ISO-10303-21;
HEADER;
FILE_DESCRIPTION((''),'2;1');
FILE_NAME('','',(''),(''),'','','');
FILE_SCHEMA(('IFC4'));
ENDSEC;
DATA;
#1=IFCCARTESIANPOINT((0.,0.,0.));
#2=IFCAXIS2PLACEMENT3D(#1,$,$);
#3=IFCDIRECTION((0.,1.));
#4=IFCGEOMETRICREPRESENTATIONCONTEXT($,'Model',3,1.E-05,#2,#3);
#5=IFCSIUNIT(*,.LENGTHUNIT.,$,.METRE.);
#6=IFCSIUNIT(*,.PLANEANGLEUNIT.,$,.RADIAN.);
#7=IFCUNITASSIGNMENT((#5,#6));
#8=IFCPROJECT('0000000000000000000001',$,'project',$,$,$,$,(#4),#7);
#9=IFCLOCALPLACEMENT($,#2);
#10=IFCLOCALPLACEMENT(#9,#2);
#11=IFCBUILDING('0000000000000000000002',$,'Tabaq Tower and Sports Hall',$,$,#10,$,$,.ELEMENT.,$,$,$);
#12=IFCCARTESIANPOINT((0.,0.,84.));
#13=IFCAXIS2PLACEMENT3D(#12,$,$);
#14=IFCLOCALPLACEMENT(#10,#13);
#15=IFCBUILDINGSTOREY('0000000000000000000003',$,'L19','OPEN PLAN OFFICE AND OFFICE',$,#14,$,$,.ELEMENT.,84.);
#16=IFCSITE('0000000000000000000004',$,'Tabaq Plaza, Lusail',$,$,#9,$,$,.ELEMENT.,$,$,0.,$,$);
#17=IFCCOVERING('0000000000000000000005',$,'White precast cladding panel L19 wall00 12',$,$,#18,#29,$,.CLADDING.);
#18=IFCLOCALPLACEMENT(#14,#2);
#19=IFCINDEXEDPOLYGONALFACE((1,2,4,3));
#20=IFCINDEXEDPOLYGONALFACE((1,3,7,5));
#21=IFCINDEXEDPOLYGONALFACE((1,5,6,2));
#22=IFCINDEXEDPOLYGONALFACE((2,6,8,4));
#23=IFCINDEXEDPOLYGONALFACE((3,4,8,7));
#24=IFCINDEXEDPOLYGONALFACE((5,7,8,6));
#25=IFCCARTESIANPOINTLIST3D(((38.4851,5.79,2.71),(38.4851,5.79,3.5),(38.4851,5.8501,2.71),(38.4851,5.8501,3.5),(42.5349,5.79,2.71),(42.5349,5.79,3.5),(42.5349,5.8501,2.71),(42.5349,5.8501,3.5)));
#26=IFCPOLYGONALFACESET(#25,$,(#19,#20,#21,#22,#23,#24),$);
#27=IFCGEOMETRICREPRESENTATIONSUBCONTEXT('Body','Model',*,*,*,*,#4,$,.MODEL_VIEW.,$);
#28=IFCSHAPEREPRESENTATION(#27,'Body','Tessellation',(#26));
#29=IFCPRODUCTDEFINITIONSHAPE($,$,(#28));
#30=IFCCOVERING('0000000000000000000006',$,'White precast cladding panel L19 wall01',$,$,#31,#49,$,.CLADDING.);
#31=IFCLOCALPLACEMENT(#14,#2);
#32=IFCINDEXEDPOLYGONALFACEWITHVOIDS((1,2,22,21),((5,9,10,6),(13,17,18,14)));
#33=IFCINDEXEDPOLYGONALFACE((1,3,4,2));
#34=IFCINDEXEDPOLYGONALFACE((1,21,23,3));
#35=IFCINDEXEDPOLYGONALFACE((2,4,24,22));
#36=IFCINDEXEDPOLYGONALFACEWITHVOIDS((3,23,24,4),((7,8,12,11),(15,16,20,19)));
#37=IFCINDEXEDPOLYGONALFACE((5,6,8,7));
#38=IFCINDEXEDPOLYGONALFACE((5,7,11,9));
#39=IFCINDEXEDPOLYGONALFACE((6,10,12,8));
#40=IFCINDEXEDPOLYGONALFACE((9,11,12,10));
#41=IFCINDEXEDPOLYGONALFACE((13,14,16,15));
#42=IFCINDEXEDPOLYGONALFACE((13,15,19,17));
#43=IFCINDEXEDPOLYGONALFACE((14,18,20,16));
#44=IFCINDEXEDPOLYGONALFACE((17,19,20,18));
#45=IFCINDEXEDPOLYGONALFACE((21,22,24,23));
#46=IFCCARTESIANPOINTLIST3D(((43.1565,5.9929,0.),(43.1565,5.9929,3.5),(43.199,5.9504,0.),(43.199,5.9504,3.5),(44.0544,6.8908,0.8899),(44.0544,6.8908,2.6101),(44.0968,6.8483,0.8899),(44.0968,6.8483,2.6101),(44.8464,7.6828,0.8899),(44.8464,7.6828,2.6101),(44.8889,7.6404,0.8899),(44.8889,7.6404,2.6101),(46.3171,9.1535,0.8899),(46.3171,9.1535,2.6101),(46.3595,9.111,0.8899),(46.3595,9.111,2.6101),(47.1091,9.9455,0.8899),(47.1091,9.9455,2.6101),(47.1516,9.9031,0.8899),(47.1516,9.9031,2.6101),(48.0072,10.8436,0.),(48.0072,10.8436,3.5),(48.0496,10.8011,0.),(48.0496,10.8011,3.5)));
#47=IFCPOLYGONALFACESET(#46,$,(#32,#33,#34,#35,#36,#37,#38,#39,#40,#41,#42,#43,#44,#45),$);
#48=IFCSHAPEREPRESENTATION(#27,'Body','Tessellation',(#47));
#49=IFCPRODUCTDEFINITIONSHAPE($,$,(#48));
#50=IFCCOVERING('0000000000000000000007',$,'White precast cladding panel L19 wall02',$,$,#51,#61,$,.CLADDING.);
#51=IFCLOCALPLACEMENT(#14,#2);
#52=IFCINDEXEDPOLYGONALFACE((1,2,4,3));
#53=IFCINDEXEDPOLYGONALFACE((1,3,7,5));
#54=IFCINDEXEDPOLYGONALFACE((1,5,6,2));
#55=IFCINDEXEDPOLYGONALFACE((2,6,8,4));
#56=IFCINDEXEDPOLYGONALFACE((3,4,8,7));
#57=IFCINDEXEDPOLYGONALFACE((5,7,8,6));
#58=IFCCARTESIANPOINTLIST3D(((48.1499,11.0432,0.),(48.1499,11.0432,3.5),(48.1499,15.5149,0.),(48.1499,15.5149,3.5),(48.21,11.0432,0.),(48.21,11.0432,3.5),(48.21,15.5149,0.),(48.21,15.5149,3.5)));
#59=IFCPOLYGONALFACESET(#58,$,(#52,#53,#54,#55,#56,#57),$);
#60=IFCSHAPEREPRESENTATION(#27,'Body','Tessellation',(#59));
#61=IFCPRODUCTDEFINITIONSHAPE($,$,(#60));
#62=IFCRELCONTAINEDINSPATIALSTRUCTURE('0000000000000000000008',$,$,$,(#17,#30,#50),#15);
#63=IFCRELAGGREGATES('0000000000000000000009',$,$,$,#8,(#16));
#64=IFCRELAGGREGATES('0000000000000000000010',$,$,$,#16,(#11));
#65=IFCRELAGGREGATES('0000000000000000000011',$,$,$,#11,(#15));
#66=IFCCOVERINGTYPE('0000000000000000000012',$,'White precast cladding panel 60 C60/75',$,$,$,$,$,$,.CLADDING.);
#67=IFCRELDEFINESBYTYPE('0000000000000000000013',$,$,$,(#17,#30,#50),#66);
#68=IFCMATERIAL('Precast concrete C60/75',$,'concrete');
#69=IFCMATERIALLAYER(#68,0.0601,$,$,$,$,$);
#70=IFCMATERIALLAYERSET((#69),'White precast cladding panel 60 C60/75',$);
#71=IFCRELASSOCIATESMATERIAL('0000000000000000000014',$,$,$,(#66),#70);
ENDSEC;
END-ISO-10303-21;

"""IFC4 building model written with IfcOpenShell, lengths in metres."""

from ifc_helpers import new_model, si_unit, direction, frame, frame_2d, origin, place, context, subcontext, project, spatial, polyline, rectangle, outline, extrude, material, layer, layer_set, type_object, element, save


model = new_model("IFC4")

# Units and contexts
model_context = context("Model", 3, precision=1e-05, world=origin(), true_north=direction((0.0, 1.0)))
body_context = subcontext(model_context, "Body", "Model", "MODEL_VIEW")
ifc_project = project(units=[si_unit("LENGTHUNIT", "METRE"), si_unit("PLANEANGLEUNIT", "RADIAN")], contexts=[model_context])

# Site, building, storey
site_placement = place(None, origin())
site = spatial("IfcSite", under=ifc_project, at=site_placement, Name="Tabaq Plaza, Lusail", CompositionType="ELEMENT", RefElevation=0.0)
building_placement = place(site_placement, origin())
building = spatial("IfcBuilding", under=site, at=building_placement, Name="Tabaq Tower and Sports Hall", CompositionType="ELEMENT")
storey_placement = place(building_placement, frame((0.0, 0.0, 84.0)))
storey = spatial("IfcBuildingStorey", under=building, at=storey_placement, Name="L19", Description="OPEN PLAN OFFICE AND OFFICE", CompositionType="ELEMENT", Elevation=84.0)

# Coverings
ifc_material_1 = material(Name="Precast concrete C60/75", Category="concrete")
ifc_layer_1 = layer(ifc_material_1, 0.0601)
ifc_layer_set_1 = layer_set([ifc_layer_1], Name="White precast cladding panel 60 C60/75")
covering_type_1 = type_object("IfcCoveringType", Name="White precast cladding panel 60 C60/75", PredefinedType="CLADDING", material=ifc_layer_set_1)
covering_1_placement = place(storey_placement, frame((38.4851, 5.8201, 2.71), z_axis=(0.0, 0.0, 1.0), x_axis=(1.0, 0.0, 0.0)))
element("IfcCovering", 1, at=covering_1_placement, inside=storey, type_object=covering_type_1, Name="White precast cladding panel L19 wall00 12", PredefinedType="CLADDING", context=body_context, shape_type="SweptSolid", body=[
    extrude(rectangle(XDim=4.0498, YDim=0.0601, at=frame_2d((2.0249, 0.0))), origin(), (0.0, 0.0, 1.0), 0.79),
])
covering_2_placement = place(storey_placement, frame((43.1777, 5.9717, 0.0), z_axis=(0.0, 0.0, 1.0), x_axis=(0.707107, 0.707107, 0.0)))
element("IfcCovering", 2, at=covering_2_placement, inside=storey, type_object=covering_type_1, Name="White precast cladding panel L19 wall01", PredefinedType="CLADDING", context=body_context, shape_type="SweptSolid", body=[
    extrude(outline(polyline([(0.0, 0.0), (6.8599, 0.0), (6.8599, 3.5), (0.0, 3.5), (0.0, 0.0)]), holes=[polyline([(1.2698, 2.6101), (2.3899, 2.6101), (2.3899, 0.8899), (1.2698, 0.8899), (1.2698, 2.6101)]), polyline([(4.4697, 2.6101), (5.5898, 2.6101), (5.5898, 0.8899), (4.4697, 0.8899), (4.4697, 2.6101)])]), frame((0.0, 0.03, 0.0), z_axis=(0.0, -1.0, 0.0), x_axis=(1.0, 0.0, 0.0)), (0.0, 0.0, 1.0), 0.0601),
])
covering_3_placement = place(storey_placement, frame((48.1799, 11.0432, 0.0), z_axis=(0.0, 0.0, 1.0), x_axis=(0.0, 1.0, 0.0)))
element("IfcCovering", 3, at=covering_3_placement, inside=storey, type_object=covering_type_1, Name="White precast cladding panel L19 wall02", PredefinedType="CLADDING", context=body_context, shape_type="SweptSolid", body=[
    extrude(rectangle(XDim=4.4717, YDim=0.0601, at=frame_2d((2.2358, 0.0))), origin(), (0.0, 0.0, 1.0), 3.5),
])

save(model, "model.ifc")
